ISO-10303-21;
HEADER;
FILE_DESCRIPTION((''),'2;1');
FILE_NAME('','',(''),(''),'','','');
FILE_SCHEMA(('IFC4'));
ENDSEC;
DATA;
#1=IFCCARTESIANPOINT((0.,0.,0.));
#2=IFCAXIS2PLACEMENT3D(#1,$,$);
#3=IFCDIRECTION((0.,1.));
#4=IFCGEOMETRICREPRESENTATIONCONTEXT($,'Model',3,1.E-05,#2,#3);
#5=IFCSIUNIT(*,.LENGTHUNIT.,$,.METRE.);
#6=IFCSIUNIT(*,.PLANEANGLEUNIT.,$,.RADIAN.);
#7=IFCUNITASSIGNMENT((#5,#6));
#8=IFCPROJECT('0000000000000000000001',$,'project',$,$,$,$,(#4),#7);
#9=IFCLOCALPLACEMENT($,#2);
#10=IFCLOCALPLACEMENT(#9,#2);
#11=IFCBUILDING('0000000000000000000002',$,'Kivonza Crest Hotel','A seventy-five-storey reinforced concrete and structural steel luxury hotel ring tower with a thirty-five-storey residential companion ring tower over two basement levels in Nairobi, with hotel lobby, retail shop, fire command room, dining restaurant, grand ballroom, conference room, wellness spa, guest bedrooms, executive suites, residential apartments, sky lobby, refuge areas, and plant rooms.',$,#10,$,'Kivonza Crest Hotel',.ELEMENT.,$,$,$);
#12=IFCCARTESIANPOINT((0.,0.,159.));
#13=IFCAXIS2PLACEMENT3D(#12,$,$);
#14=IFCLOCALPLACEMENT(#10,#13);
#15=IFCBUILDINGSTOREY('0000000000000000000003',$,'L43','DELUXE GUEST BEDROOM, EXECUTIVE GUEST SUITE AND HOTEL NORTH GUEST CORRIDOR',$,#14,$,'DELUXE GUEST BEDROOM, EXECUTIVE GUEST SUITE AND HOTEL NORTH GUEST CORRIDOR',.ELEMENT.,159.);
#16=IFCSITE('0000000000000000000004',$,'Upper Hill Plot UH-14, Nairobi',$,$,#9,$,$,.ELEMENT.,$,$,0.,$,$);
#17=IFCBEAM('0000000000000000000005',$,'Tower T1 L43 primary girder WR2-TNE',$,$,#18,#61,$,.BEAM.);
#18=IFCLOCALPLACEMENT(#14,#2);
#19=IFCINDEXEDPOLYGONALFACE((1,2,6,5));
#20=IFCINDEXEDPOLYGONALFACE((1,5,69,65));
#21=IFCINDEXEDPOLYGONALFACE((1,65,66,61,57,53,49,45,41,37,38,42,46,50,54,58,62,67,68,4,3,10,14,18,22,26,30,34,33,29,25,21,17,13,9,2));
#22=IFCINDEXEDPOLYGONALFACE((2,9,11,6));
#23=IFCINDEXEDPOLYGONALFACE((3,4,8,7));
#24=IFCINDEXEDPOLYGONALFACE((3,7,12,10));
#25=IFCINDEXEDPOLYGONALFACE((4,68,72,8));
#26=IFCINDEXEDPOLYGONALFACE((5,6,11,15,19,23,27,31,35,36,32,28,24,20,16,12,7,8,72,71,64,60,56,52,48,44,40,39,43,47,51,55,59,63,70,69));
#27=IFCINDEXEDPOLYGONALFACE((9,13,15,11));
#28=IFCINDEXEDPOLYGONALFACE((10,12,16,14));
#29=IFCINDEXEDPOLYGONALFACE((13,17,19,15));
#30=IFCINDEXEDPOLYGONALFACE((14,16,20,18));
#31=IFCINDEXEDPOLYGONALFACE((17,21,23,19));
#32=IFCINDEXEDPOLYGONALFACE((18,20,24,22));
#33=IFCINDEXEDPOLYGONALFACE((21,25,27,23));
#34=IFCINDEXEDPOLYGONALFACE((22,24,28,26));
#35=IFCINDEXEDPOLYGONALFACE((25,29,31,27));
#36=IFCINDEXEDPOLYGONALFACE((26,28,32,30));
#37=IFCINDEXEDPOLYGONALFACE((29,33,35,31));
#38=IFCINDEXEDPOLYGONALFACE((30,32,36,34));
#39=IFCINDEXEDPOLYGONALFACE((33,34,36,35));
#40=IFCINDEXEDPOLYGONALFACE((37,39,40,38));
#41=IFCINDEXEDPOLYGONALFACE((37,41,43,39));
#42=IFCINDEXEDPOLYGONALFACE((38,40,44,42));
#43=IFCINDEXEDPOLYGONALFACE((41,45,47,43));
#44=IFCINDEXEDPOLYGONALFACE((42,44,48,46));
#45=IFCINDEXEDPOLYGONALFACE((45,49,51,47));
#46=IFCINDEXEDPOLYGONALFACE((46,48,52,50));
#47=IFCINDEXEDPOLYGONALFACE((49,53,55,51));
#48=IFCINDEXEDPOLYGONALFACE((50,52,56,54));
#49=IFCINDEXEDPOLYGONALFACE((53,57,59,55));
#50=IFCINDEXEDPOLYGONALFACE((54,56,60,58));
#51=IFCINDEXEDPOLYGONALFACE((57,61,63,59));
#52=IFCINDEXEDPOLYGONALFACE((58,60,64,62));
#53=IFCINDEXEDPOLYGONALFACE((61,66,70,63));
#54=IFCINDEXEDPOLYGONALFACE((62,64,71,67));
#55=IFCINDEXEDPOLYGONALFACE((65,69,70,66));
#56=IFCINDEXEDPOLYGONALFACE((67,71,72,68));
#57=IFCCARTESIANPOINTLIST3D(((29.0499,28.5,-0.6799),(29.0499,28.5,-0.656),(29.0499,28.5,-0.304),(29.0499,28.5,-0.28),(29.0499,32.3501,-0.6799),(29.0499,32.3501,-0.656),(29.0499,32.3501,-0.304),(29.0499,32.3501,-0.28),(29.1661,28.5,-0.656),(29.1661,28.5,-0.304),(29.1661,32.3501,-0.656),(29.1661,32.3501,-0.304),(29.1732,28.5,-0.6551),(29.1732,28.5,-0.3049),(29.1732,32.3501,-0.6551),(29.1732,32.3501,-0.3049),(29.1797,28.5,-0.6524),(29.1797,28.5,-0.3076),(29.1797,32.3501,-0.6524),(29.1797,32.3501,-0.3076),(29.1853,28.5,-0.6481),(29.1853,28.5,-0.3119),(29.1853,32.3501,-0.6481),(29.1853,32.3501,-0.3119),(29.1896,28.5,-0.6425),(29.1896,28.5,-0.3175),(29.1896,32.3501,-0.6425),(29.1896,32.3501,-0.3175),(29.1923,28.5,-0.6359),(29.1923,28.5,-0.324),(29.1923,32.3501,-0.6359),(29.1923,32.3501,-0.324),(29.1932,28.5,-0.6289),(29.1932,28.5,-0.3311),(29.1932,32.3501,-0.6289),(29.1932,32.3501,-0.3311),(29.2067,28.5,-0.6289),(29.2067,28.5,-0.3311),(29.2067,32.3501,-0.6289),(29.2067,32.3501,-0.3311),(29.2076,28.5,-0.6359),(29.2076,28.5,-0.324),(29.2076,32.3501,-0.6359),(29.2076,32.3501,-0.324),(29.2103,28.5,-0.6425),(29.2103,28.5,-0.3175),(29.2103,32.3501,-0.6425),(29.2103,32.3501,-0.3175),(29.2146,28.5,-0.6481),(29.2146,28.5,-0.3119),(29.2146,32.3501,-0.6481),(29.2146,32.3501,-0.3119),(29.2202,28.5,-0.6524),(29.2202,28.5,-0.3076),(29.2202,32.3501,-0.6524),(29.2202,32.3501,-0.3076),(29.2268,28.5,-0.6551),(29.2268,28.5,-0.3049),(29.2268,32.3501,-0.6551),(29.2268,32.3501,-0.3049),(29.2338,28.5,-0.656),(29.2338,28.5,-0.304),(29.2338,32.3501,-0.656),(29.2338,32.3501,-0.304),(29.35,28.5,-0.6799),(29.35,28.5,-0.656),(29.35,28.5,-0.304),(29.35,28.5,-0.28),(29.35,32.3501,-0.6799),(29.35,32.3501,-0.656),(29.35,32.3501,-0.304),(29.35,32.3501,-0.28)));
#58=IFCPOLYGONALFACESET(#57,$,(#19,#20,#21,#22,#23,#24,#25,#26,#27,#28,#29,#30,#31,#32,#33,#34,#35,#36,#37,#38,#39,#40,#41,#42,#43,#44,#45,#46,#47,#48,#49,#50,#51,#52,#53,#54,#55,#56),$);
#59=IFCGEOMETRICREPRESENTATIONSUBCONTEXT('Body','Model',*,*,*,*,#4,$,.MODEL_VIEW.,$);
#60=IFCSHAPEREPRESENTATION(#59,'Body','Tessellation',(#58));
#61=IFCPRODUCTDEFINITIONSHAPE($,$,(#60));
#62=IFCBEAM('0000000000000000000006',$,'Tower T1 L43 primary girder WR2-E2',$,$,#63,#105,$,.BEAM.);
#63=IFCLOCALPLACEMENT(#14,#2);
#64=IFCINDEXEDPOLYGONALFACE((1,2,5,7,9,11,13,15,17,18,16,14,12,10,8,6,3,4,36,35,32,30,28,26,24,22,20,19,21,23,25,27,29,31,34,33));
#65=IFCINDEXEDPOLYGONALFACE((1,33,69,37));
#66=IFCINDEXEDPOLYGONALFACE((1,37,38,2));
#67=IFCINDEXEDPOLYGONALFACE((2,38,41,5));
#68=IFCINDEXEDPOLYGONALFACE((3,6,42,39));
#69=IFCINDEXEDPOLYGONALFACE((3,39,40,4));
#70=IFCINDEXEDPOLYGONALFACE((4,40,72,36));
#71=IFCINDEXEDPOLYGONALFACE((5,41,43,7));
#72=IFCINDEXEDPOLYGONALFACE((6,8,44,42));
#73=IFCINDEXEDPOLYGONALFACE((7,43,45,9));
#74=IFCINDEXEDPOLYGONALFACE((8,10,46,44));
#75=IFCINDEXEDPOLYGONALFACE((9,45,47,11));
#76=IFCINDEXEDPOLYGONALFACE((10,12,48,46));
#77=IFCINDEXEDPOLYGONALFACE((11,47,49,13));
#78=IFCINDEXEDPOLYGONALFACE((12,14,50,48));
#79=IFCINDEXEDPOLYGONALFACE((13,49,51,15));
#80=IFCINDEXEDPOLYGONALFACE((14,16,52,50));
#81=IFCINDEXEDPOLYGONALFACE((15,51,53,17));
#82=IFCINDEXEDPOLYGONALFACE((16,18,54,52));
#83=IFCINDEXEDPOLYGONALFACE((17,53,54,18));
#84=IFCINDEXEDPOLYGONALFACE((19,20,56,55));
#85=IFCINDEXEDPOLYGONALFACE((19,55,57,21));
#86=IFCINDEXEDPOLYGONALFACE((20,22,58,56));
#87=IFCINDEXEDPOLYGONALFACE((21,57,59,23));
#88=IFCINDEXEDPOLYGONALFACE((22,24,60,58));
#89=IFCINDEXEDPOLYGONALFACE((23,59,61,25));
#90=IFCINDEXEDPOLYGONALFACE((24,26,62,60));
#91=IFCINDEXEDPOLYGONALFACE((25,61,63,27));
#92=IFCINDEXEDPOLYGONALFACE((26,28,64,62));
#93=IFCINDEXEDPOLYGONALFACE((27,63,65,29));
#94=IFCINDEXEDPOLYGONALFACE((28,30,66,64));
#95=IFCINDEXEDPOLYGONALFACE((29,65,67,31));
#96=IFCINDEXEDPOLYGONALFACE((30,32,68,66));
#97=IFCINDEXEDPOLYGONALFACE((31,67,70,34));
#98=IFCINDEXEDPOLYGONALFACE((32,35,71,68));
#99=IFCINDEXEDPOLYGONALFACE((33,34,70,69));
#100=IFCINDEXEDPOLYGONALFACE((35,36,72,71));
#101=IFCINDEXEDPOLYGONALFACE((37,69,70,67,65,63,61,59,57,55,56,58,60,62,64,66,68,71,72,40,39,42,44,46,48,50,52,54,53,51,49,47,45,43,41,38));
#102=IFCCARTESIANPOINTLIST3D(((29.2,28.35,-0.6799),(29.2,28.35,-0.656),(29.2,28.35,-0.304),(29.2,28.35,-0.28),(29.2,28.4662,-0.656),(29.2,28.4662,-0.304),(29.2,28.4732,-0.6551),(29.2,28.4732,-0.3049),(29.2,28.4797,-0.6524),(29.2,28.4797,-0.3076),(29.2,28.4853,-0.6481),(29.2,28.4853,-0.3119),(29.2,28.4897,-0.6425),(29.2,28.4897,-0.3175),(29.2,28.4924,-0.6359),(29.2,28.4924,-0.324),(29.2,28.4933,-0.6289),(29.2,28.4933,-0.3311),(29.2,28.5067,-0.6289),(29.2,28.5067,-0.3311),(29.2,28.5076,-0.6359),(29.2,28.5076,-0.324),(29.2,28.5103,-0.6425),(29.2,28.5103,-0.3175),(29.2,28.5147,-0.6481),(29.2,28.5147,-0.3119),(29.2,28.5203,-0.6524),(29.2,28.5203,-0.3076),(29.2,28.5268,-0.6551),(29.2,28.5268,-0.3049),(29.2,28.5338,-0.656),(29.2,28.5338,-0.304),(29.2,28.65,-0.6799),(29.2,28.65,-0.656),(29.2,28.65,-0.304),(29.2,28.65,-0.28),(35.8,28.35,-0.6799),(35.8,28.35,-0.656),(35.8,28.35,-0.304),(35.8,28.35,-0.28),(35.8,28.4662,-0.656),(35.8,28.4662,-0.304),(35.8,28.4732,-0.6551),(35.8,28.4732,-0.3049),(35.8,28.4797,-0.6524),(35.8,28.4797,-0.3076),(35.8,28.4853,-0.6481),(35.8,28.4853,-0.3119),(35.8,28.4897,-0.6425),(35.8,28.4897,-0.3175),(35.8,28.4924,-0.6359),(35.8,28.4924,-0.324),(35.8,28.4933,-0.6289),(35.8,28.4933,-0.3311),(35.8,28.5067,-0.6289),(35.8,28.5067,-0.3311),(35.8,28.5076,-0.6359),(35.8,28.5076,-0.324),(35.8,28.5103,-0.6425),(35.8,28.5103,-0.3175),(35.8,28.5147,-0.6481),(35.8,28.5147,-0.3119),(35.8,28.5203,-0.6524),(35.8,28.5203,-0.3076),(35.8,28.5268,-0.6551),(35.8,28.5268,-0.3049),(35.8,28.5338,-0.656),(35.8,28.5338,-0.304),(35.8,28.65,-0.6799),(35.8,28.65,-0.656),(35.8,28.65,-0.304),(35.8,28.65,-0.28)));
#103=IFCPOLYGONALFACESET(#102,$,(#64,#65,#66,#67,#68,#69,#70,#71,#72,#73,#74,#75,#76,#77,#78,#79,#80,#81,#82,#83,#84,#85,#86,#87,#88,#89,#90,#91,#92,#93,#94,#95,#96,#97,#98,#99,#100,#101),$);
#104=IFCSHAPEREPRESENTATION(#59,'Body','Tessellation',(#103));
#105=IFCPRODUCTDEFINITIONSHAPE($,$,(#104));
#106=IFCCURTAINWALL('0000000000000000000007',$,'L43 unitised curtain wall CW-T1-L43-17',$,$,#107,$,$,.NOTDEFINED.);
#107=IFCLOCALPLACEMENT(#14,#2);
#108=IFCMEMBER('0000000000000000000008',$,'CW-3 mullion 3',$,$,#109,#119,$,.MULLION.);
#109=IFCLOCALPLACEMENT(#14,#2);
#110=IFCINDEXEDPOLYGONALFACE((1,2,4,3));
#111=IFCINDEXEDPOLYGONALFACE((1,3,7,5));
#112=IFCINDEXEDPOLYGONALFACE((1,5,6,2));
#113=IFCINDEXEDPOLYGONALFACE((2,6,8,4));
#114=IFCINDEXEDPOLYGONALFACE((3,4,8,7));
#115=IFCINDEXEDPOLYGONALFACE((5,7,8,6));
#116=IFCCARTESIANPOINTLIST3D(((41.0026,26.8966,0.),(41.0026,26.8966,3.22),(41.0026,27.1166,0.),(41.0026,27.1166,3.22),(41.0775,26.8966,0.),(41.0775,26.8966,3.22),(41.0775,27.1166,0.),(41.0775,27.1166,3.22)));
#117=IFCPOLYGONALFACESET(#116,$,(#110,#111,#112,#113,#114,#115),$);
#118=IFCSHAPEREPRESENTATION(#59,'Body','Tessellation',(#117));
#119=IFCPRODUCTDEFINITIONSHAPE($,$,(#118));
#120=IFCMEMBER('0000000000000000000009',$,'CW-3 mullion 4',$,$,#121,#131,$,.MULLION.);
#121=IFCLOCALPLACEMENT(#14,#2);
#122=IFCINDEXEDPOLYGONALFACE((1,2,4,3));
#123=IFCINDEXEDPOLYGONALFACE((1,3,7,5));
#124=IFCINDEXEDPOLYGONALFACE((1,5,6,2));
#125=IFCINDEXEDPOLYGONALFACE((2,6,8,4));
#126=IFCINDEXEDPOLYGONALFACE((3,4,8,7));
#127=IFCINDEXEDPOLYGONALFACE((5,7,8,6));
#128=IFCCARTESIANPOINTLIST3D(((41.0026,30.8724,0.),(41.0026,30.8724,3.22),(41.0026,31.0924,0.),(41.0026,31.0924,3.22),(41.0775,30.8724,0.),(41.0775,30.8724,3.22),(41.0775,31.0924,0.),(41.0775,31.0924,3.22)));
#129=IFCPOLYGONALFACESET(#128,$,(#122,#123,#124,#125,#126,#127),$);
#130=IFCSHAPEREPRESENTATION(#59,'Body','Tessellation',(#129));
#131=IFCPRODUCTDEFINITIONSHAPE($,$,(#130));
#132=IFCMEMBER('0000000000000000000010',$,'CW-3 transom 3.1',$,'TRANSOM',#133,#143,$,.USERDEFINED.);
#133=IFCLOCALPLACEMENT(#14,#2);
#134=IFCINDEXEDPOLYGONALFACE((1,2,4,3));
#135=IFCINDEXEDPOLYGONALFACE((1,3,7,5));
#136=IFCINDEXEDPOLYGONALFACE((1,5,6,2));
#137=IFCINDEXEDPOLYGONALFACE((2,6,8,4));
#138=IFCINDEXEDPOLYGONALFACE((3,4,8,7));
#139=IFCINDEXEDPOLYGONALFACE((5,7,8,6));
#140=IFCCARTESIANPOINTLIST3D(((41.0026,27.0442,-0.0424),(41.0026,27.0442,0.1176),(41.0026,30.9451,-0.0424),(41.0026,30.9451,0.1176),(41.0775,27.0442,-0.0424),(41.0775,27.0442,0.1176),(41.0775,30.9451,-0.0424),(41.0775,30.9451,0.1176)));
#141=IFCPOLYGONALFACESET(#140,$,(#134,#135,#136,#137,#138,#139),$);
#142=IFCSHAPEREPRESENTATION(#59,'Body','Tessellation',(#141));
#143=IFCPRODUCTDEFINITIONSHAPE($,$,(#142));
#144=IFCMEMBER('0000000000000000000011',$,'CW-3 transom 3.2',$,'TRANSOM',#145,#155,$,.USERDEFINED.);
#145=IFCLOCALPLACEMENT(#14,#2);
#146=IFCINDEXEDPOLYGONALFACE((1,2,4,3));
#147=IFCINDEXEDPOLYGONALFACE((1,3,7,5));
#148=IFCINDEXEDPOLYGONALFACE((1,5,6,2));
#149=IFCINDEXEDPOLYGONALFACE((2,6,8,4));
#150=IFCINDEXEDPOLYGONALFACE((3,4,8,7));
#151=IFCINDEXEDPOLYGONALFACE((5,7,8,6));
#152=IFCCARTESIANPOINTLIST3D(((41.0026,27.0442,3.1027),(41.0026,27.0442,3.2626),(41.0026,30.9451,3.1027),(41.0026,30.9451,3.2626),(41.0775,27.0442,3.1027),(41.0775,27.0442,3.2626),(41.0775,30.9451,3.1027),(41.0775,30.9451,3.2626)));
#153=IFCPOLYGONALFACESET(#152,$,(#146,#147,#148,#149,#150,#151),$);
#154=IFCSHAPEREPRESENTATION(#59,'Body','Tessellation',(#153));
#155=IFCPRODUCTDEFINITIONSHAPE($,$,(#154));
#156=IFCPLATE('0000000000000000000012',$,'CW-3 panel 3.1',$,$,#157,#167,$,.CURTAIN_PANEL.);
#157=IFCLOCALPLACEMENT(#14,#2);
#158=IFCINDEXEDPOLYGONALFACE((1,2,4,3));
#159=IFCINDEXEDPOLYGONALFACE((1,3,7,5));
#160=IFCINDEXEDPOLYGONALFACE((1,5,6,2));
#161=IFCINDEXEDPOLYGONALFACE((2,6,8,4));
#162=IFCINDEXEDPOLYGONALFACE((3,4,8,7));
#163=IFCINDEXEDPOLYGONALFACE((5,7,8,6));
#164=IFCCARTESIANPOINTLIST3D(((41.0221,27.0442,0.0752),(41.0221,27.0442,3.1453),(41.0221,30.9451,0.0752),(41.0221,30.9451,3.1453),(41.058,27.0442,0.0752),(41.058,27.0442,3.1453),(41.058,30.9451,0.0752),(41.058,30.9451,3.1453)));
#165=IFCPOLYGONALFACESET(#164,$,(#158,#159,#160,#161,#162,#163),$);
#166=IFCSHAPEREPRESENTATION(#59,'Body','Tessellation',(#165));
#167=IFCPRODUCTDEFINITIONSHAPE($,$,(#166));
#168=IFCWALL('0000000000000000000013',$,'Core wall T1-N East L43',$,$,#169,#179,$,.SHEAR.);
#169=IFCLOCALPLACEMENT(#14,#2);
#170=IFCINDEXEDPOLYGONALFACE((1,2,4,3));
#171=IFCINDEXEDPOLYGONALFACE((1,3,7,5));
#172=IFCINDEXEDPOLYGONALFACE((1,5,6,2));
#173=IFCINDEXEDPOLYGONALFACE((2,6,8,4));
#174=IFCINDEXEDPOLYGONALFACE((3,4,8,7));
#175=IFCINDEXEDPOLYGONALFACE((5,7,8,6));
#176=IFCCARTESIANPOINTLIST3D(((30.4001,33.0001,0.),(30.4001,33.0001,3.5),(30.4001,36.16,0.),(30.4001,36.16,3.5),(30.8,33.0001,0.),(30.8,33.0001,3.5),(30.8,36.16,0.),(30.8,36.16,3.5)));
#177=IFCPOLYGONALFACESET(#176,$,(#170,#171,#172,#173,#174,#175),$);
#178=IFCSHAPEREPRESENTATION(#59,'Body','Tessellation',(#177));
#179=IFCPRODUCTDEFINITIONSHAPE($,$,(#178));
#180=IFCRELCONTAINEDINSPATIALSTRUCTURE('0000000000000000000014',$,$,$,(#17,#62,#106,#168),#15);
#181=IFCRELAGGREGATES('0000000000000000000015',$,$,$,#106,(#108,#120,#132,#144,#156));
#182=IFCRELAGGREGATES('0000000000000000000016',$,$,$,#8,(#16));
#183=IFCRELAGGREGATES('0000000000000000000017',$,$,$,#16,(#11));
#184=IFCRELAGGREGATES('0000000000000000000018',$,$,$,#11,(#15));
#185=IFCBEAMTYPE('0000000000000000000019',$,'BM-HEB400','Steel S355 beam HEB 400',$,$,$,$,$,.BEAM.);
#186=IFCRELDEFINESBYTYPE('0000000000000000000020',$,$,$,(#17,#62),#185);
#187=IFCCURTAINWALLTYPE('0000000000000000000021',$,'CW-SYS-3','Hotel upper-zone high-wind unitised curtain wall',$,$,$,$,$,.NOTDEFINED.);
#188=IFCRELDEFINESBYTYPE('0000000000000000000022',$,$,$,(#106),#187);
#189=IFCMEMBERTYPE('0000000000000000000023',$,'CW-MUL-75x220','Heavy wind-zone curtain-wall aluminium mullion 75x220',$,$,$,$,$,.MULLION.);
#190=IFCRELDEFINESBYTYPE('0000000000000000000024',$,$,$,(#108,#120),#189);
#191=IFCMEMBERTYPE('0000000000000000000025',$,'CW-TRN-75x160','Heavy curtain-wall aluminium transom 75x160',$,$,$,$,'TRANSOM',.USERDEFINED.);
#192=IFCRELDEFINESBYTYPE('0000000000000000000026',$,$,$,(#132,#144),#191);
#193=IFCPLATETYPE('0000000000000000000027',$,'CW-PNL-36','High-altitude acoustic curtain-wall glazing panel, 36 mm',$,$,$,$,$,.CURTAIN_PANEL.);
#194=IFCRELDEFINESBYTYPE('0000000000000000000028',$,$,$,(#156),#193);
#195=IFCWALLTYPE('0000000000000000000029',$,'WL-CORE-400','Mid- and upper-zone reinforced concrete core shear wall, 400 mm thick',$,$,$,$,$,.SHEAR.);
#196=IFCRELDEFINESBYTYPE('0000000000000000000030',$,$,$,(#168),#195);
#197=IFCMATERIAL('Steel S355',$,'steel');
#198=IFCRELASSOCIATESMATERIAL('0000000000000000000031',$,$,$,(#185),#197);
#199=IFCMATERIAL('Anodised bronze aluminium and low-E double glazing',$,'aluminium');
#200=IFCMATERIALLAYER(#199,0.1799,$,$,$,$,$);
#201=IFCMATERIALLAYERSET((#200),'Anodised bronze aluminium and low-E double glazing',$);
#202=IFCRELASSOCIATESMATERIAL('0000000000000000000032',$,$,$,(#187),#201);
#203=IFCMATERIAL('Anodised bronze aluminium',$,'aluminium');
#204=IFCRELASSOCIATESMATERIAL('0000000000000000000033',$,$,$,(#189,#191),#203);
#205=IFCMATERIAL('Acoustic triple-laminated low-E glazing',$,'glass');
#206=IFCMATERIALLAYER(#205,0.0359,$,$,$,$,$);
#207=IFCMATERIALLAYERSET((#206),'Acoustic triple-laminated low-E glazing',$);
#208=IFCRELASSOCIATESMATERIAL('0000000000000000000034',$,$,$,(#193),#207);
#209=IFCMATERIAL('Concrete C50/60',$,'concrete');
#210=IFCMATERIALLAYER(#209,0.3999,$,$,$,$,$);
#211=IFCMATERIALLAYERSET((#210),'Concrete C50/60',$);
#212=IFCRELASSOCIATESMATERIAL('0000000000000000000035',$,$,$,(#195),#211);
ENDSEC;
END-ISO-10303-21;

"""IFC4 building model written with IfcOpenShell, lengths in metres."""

from ifc_helpers import new_model, si_unit, direction, frame, frame_2d, origin, origin_2d, place, context, subcontext, project, spatial, rectangle, i_section, extrude, material, layer, layer_set, material_profile, profile_set, type_object, element, aggregate, save


model = new_model("IFC4")

# Units and contexts
model_context = context("Model", 3, precision=1e-05, world=origin(), true_north=direction((0.0, 1.0)))
body_context = subcontext(model_context, "Body", "Model", "MODEL_VIEW")
ifc_project = project(units=[si_unit("LENGTHUNIT", "METRE"), si_unit("PLANEANGLEUNIT", "RADIAN")], contexts=[model_context])

# Site, building, storey
site_placement = place(None, origin())
site = spatial("IfcSite", under=ifc_project, at=site_placement, Name="Upper Hill Plot UH-14, Nairobi", CompositionType="ELEMENT", RefElevation=0.0)
building_placement = place(site_placement, origin())
building = spatial("IfcBuilding", under=site, at=building_placement, Name="Kivonza Crest Hotel", Description="A seventy-five-storey reinforced concrete and structural steel luxury hotel ring tower with a thirty-five-storey residential companion ring tower over two basement levels in Nairobi, with hotel lobby, retail shop, fire command room, dining restaurant, grand ballroom, conference room, wellness spa, guest bedrooms, executive suites, residential apartments, sky lobby, refuge areas, and plant rooms.", LongName="Kivonza Crest Hotel", CompositionType="ELEMENT")
storey_placement = place(building_placement, frame((0.0, 0.0, 159.0)))
storey = spatial("IfcBuildingStorey", under=building, at=storey_placement, Name="L43", Description="DELUXE GUEST BEDROOM, EXECUTIVE GUEST SUITE AND HOTEL NORTH GUEST CORRIDOR", LongName="DELUXE GUEST BEDROOM, EXECUTIVE GUEST SUITE AND HOTEL NORTH GUEST CORRIDOR", CompositionType="ELEMENT", Elevation=159.0)

# Shared definitions
ifc_material_1 = material(Name="Concrete C50/60", Category="concrete")

# Beams
ifc_material_2 = material(Name="Steel S355", Category="steel")
ifc_material_profile_1 = material_profile(ifc_material_2, i_section(OverallWidth=0.3, OverallDepth=0.3999, WebThickness=0.0134, FlangeThickness=0.0239, FilletRadius=0.0271, at=origin_2d()), Name="HEB 400")
ifc_profile_set_1 = profile_set([ifc_material_profile_1], Name="Steel S355")
beam_type_1 = type_object("IfcBeamType", Name="BM-HEB400", Description="Steel S355 beam HEB 400", PredefinedType="BEAM", material=ifc_profile_set_1)
beam_1_placement = place(storey_placement, frame((29.2, 28.5, -0.48), z_axis=(0.0, 1.0, 0.0), x_axis=(-1.0, 0.0, 0.0)))
element("IfcBeam", 1, at=beam_1_placement, inside=storey, type_object=beam_type_1, Name="Tower T1 L43 primary girder WR2-TNE", PredefinedType="BEAM", context=body_context, shape_type="SweptSolid", body=[
    extrude(i_section(OverallWidth=0.3, OverallDepth=0.3999, WebThickness=0.0134, FlangeThickness=0.0239, FilletRadius=0.0271, at=origin_2d()), origin(), (0.0, 0.0, 1.0), 3.8501),
])
beam_2_placement = place(storey_placement, frame((29.2, 28.5, -0.48), z_axis=(1.0, 0.0, 0.0), x_axis=(0.0, 1.0, 0.0)))
element("IfcBeam", 2, at=beam_2_placement, inside=storey, type_object=beam_type_1, Name="Tower T1 L43 primary girder WR2-E2", PredefinedType="BEAM", context=body_context, shape_type="SweptSolid", body=[
    extrude(i_section(OverallWidth=0.3, OverallDepth=0.3999, WebThickness=0.0134, FlangeThickness=0.0239, FilletRadius=0.0271, at=origin_2d()), origin(), (0.0, 0.0, 1.0), 6.6001),
])

# Curtain wall, members, plate
ifc_material_3 = material(Name="Anodised bronze aluminium and low-E double glazing", Category="aluminium")
ifc_layer_1 = layer(ifc_material_3, 0.1799)
ifc_layer_set_1 = layer_set([ifc_layer_1], Name="Anodised bronze aluminium and low-E double glazing")
curtain_wall_type = type_object("IfcCurtainWallType", Name="CW-SYS-3", Description="Hotel upper-zone high-wind unitised curtain wall", PredefinedType="NOTDEFINED", material=ifc_layer_set_1)
curtain_wall_placement = place(storey_placement, origin())
curtain_wall = element("IfcCurtainWall", 3, at=curtain_wall_placement, inside=storey, type_object=curtain_wall_type, Name="L43 unitised curtain wall CW-T1-L43-17", PredefinedType="NOTDEFINED")
ifc_material_4 = material(Name="Anodised bronze aluminium", Category="aluminium")
ifc_material_profile_2 = material_profile(ifc_material_4, rectangle(XDim=0.075, YDim=0.22, at=origin_2d()), Name="CW-M 75x220")
ifc_profile_set_2 = profile_set([ifc_material_profile_2], Name="Anodised bronze aluminium")
member_type_1 = type_object("IfcMemberType", Name="CW-MUL-75x220", Description="Heavy wind-zone curtain-wall aluminium mullion 75x220", PredefinedType="MULLION", material=ifc_profile_set_2)
member_1_placement = place(storey_placement, frame((41.04, 27.0066, 0.0), z_axis=(0.0, 0.0, 1.0), x_axis=(-1.0, 0.0, 0.0)))
member_1 = element("IfcMember", 4, at=member_1_placement, type_object=member_type_1, Name="CW-3 mullion 3", PredefinedType="MULLION", context=body_context, shape_type="SweptSolid", body=[
    extrude(rectangle(XDim=0.075, YDim=0.22, at=origin_2d()), origin(), (0.0, 0.0, 1.0), 3.22),
])
member_2_placement = place(storey_placement, frame((41.04, 30.9824, 0.0), z_axis=(0.0, 0.0, 1.0), x_axis=(-1.0, 0.0, 0.0)))
member_2 = element("IfcMember", 5, at=member_2_placement, type_object=member_type_1, Name="CW-3 mullion 4", PredefinedType="MULLION", context=body_context, shape_type="SweptSolid", body=[
    extrude(rectangle(XDim=0.075, YDim=0.22, at=origin_2d()), origin(), (0.0, 0.0, 1.0), 3.22),
])
ifc_material_profile_3 = material_profile(ifc_material_4, rectangle(XDim=0.075, YDim=0.1599, at=origin_2d()), Name="CW-T 75x160")
ifc_profile_set_3 = profile_set([ifc_material_profile_3], Name="Anodised bronze aluminium")
member_type_2 = type_object("IfcMemberType", Name="CW-TRN-75x160", Description="Heavy curtain-wall aluminium transom 75x160", ElementType="TRANSOM", PredefinedType="USERDEFINED", material=ifc_profile_set_3)
member_3_placement = place(storey_placement, frame((41.04, 27.0442, 0.0376), z_axis=(0.0, 1.0, 0.0), x_axis=(-1.0, 0.0, 0.0)))
member_3 = element("IfcMember", 6, at=member_3_placement, type_object=member_type_2, Name="CW-3 transom 3.1", ObjectType="TRANSOM", PredefinedType="USERDEFINED", context=body_context, shape_type="SweptSolid", body=[
    extrude(rectangle(XDim=0.075, YDim=0.1599, at=origin_2d()), origin(), (0.0, 0.0, 1.0), 3.9009),
])
member_4_placement = place(storey_placement, frame((41.04, 27.0442, 3.1826), z_axis=(0.0, 1.0, 0.0), x_axis=(-1.0, 0.0, 0.0)))
member_4 = element("IfcMember", 7, at=member_4_placement, type_object=member_type_2, Name="CW-3 transom 3.2", ObjectType="TRANSOM", PredefinedType="USERDEFINED", context=body_context, shape_type="SweptSolid", body=[
    extrude(rectangle(XDim=0.075, YDim=0.1599, at=origin_2d()), origin(), (0.0, 0.0, 1.0), 3.9009),
])
ifc_material_5 = material(Name="Acoustic triple-laminated low-E glazing", Category="glass")
ifc_layer_2 = layer(ifc_material_5, 0.0359)
ifc_layer_set_2 = layer_set([ifc_layer_2], Name="Acoustic triple-laminated low-E glazing")
plate_type = type_object("IfcPlateType", Name="CW-PNL-36", Description="High-altitude acoustic curtain-wall glazing panel, 36 mm", PredefinedType="CURTAIN_PANEL", material=ifc_layer_set_2)
plate_placement = place(storey_placement, frame((41.04, 28.9946, 0.0752), z_axis=(0.0, 0.0, 1.0), x_axis=(0.0, 1.0, 0.0)))
plate = element("IfcPlate", 8, at=plate_placement, type_object=plate_type, Name="CW-3 panel 3.1", PredefinedType="CURTAIN_PANEL", context=body_context, shape_type="SweptSolid", body=[
    extrude(rectangle(XDim=3.9009, YDim=0.0359, at=origin_2d()), origin(), (0.0, 0.0, 1.0), 3.0701),
])
aggregate(curtain_wall, [member_1, member_2, member_3, member_4, plate])

# Wall
ifc_layer_3 = layer(ifc_material_1, 0.3999)
ifc_layer_set_3 = layer_set([ifc_layer_3], Name="Concrete C50/60")
wall_type_1 = type_object("IfcWallType", Name="WL-CORE-400", Description="Mid- and upper-zone reinforced concrete core shear wall, 400 mm thick", PredefinedType="SHEAR", material=ifc_layer_set_3)
wall_1_placement = place(storey_placement, frame((30.6001, 33.0, 0.0), z_axis=(0.0, 0.0, 1.0), x_axis=(0.0, 1.0, 0.0)))
element("IfcWall", 9, at=wall_1_placement, inside=storey, type_object=wall_type_1, Name="Core wall T1-N East L43", PredefinedType="SHEAR", context=body_context, shape_type="SweptSolid", body=[
    extrude(rectangle(XDim=3.1599, YDim=0.3999, at=frame_2d((1.5801, 0.0))), origin(), (0.0, 0.0, 1.0), 3.5),
])

save(model, "model.ifc")
